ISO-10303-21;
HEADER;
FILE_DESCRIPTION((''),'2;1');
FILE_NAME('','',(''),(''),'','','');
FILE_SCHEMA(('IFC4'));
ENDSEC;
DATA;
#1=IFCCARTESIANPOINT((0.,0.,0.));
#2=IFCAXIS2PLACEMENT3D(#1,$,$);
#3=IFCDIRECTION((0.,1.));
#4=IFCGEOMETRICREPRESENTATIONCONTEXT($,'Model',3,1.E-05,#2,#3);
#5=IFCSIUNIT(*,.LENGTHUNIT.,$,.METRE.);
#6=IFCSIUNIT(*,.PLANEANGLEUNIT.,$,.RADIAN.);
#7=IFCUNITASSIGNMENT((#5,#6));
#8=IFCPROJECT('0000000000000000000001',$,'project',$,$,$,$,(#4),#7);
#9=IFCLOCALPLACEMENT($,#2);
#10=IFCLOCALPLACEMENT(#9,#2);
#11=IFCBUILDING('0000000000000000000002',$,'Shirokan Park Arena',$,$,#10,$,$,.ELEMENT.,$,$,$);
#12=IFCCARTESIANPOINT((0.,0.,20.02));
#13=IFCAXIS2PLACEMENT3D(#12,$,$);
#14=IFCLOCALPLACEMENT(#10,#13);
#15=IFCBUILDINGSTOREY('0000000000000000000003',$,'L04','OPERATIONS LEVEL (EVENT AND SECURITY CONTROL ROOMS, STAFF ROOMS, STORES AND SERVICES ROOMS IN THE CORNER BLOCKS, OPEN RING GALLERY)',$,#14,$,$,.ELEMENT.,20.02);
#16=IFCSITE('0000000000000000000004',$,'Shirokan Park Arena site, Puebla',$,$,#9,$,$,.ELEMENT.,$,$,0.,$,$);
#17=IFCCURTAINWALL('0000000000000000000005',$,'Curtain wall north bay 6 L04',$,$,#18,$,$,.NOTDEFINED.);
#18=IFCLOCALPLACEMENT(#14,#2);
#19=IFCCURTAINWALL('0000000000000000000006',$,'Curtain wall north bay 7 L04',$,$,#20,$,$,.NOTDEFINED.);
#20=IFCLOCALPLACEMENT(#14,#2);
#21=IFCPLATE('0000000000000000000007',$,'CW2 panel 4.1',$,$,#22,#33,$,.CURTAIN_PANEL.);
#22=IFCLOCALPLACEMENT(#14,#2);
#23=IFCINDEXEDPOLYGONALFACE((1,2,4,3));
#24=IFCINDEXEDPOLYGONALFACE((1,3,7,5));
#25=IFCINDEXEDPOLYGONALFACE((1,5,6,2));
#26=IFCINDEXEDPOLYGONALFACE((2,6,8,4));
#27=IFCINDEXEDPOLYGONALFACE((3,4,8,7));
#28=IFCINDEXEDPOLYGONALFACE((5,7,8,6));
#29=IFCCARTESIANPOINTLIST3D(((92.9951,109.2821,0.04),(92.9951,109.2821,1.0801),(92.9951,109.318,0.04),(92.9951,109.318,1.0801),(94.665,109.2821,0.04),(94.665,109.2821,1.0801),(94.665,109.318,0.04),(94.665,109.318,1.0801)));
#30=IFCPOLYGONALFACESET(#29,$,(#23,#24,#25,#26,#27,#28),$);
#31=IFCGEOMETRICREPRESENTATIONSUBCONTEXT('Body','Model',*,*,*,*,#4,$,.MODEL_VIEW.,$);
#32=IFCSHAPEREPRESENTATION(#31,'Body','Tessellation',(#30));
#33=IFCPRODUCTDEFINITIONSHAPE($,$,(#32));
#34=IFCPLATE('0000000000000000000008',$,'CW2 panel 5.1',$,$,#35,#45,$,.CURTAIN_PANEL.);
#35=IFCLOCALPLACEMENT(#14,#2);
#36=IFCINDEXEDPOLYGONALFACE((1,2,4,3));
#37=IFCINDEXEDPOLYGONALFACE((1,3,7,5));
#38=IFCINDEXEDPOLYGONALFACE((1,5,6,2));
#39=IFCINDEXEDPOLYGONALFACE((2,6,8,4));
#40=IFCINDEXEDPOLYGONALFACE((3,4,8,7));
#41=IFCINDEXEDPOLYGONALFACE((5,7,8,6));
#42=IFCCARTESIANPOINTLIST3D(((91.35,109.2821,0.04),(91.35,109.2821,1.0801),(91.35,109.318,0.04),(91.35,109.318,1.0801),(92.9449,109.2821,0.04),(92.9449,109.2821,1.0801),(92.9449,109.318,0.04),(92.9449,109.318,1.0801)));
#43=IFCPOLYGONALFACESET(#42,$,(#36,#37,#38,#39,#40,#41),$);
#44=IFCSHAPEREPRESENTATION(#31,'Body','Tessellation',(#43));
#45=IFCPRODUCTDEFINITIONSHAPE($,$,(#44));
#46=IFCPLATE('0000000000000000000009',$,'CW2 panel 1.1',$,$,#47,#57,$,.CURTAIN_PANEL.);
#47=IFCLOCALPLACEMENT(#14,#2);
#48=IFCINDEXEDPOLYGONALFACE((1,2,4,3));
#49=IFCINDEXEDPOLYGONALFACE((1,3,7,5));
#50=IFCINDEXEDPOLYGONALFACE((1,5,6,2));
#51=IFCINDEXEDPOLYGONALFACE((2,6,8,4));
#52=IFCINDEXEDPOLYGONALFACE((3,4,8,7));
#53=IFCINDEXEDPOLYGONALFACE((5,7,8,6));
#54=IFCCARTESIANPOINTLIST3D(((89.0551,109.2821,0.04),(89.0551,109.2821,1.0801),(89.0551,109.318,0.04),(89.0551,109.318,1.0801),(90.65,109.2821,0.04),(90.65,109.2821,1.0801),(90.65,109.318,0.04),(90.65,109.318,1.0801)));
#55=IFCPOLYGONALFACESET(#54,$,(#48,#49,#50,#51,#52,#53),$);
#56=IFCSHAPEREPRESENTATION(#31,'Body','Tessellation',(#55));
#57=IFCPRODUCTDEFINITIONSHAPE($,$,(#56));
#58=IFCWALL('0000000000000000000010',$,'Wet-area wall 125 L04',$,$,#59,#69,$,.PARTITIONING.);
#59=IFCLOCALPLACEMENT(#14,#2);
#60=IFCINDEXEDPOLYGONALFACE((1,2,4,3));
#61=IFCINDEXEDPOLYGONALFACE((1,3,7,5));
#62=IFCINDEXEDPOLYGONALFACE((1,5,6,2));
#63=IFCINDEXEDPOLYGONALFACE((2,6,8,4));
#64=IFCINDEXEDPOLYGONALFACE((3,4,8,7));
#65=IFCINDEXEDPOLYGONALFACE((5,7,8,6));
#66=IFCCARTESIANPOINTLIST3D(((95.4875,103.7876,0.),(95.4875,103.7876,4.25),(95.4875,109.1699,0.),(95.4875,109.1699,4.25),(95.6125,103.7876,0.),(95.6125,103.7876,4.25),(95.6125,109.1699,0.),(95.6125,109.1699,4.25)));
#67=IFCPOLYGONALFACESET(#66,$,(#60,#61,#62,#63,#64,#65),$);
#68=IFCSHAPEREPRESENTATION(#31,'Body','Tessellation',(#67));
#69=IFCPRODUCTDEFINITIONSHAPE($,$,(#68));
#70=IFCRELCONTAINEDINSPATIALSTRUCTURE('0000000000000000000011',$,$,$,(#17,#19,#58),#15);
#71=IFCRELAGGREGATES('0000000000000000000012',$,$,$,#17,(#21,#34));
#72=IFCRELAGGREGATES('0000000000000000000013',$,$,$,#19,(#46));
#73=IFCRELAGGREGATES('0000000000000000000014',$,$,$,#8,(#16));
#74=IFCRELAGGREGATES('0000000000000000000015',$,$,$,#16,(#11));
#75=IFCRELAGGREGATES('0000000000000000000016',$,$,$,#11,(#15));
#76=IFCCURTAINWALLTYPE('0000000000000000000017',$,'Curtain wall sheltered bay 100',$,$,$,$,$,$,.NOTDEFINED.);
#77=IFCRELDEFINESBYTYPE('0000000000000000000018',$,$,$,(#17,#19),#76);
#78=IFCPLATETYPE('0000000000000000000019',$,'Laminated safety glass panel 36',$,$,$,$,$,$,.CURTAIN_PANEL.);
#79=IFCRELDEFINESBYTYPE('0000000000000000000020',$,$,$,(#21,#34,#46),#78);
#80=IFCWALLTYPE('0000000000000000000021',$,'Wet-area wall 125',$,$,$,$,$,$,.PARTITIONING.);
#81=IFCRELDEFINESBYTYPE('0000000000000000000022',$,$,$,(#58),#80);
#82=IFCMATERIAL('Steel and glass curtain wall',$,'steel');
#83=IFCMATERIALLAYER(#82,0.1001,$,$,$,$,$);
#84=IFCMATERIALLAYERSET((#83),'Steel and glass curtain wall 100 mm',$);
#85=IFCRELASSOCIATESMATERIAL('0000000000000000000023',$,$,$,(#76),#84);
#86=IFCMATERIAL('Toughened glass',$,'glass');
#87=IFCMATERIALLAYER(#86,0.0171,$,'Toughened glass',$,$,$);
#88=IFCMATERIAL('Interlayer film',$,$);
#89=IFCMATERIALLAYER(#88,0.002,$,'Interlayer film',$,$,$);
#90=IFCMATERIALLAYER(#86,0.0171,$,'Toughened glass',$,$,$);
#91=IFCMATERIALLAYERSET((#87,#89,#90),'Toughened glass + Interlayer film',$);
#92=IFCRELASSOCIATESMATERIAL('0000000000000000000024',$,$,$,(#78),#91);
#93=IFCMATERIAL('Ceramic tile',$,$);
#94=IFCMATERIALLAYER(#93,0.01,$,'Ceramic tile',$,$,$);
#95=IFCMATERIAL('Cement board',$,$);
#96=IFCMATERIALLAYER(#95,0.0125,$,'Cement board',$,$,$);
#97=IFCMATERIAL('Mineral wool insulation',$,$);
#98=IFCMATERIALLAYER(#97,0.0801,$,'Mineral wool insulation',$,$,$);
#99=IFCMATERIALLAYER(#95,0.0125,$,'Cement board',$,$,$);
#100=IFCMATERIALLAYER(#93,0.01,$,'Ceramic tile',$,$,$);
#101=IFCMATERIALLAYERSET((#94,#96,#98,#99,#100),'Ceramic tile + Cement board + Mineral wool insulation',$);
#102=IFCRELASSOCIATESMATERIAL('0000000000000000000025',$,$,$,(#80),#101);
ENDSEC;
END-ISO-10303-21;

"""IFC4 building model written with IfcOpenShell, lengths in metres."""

from ifc_helpers import new_model, si_unit, direction, frame, frame_2d, origin, origin_2d, place, context, subcontext, project, spatial, rectangle, extrude, material, layer, layer_set, type_object, element, aggregate, save


model = new_model("IFC4")

# Units and contexts
model_context = context("Model", 3, precision=1e-05, world=origin(), true_north=direction((0.0, 1.0)))
body_context = subcontext(model_context, "Body", "Model", "MODEL_VIEW")
ifc_project = project(units=[si_unit("LENGTHUNIT", "METRE"), si_unit("PLANEANGLEUNIT", "RADIAN")], contexts=[model_context])

# Site, building, storey
site_placement = place(None, origin())
site = spatial("IfcSite", under=ifc_project, at=site_placement, Name="Shirokan Park Arena site, Puebla", CompositionType="ELEMENT", RefElevation=0.0)
building_placement = place(site_placement, origin())
building = spatial("IfcBuilding", under=site, at=building_placement, Name="Shirokan Park Arena", CompositionType="ELEMENT")
storey_placement = place(building_placement, frame((0.0, 0.0, 20.02)))
storey = spatial("IfcBuildingStorey", under=building, at=storey_placement, Name="L04", Description="OPERATIONS LEVEL (EVENT AND SECURITY CONTROL ROOMS, STAFF ROOMS, STORES AND SERVICES ROOMS IN THE CORNER BLOCKS, OPEN RING GALLERY)", CompositionType="ELEMENT", Elevation=20.02)

# Curtain walls
ifc_material_1 = material(Name="Steel and glass curtain wall", Category="steel")
ifc_layer_1 = layer(ifc_material_1, 0.1001)
ifc_layer_set_1 = layer_set([ifc_layer_1], Name="Steel and glass curtain wall 100 mm")
curtain_wall_type = type_object("IfcCurtainWallType", Name="Curtain wall sheltered bay 100", PredefinedType="NOTDEFINED", material=ifc_layer_set_1)
curtain_wall_1_placement = place(storey_placement, origin())
curtain_wall_1 = element("IfcCurtainWall", 1, at=curtain_wall_1_placement, inside=storey, type_object=curtain_wall_type, Name="Curtain wall north bay 6 L04", PredefinedType="NOTDEFINED")
curtain_wall_2_placement = place(storey_placement, origin())
curtain_wall_2 = element("IfcCurtainWall", 2, at=curtain_wall_2_placement, inside=storey, type_object=curtain_wall_type, Name="Curtain wall north bay 7 L04", PredefinedType="NOTDEFINED")

# Plates
ifc_material_2 = material(Name="Mineral wool insulation")
ifc_material_3 = material(Name="Toughened glass", Category="glass")
ifc_material_4 = material(Name="Interlayer film")
ifc_layer_2 = layer(ifc_material_3, 0.0171, Name="Toughened glass")
ifc_layer_3 = layer(ifc_material_4, 0.002, Name="Interlayer film")
ifc_layer_4 = layer(ifc_material_3, 0.0171, Name="Toughened glass")
ifc_layer_set_2 = layer_set([ifc_layer_2, ifc_layer_3, ifc_layer_4], Name="Toughened glass + Interlayer film")
plate_type_1 = type_object("IfcPlateType", Name="Laminated safety glass panel 36", PredefinedType="CURTAIN_PANEL", material=ifc_layer_set_2)
plate_1_placement = place(storey_placement, frame((93.8301, 109.3, 0.04), z_axis=(0.0, 0.0, 1.0), x_axis=(-1.0, 0.0, 0.0)))
plate_1 = element("IfcPlate", 3, at=plate_1_placement, type_object=plate_type_1, Name="CW2 panel 4.1", PredefinedType="CURTAIN_PANEL", context=body_context, shape_type="SweptSolid", body=[
    extrude(rectangle(XDim=1.6699, YDim=0.0359, at=origin_2d()), origin(), (0.0, 0.0, 1.0), 1.04),
])
plate_2_placement = place(storey_placement, frame((92.1475, 109.3, 0.04), z_axis=(0.0, 0.0, 1.0), x_axis=(-1.0, 0.0, 0.0)))
plate_2 = element("IfcPlate", 4, at=plate_2_placement, type_object=plate_type_1, Name="CW2 panel 5.1", PredefinedType="CURTAIN_PANEL", context=body_context, shape_type="SweptSolid", body=[
    extrude(rectangle(XDim=1.595, YDim=0.0359, at=origin_2d()), origin(), (0.0, 0.0, 1.0), 1.04),
])
aggregate(curtain_wall_1, [plate_1, plate_2])
plate_3_placement = place(storey_placement, frame((89.8525, 109.3, 0.04), z_axis=(0.0, 0.0, 1.0), x_axis=(-1.0, 0.0, 0.0)))
plate_3 = element("IfcPlate", 5, at=plate_3_placement, type_object=plate_type_1, Name="CW2 panel 1.1", PredefinedType="CURTAIN_PANEL", context=body_context, shape_type="SweptSolid", body=[
    extrude(rectangle(XDim=1.595, YDim=0.0359, at=origin_2d()), origin(), (0.0, 0.0, 1.0), 1.04),
])
aggregate(curtain_wall_2, [plate_3])

# Wall
ifc_material_5 = material(Name="Ceramic tile")
ifc_layer_5 = layer(ifc_material_5, 0.01, Name="Ceramic tile")
ifc_material_6 = material(Name="Cement board")
ifc_layer_6 = layer(ifc_material_6, 0.0125, Name="Cement board")
ifc_layer_7 = layer(ifc_material_2, 0.0801, Name="Mineral wool insulation")
ifc_layer_8 = layer(ifc_material_6, 0.0125, Name="Cement board")
ifc_layer_9 = layer(ifc_material_5, 0.01, Name="Ceramic tile")
ifc_layer_set_3 = layer_set([ifc_layer_5, ifc_layer_6, ifc_layer_7, ifc_layer_8, ifc_layer_9], Name="Ceramic tile + Cement board + Mineral wool insulation")
wall_type = type_object("IfcWallType", Name="Wet-area wall 125", PredefinedType="PARTITIONING", material=ifc_layer_set_3)
wall_placement = place(storey_placement, frame((95.55, 109.1699, 0.0), z_axis=(0.0, 0.0, 1.0), x_axis=(0.0, -1.0, 0.0)))
element("IfcWall", 6, at=wall_placement, inside=storey, type_object=wall_type, Name="Wet-area wall 125 L04", PredefinedType="PARTITIONING", context=body_context, shape_type="SweptSolid", body=[
    extrude(rectangle(XDim=5.3823, YDim=0.125, at=frame_2d((2.6912, 0.0))), origin(), (0.0, 0.0, 1.0), 4.25),
])

save(model, "model.ifc")
